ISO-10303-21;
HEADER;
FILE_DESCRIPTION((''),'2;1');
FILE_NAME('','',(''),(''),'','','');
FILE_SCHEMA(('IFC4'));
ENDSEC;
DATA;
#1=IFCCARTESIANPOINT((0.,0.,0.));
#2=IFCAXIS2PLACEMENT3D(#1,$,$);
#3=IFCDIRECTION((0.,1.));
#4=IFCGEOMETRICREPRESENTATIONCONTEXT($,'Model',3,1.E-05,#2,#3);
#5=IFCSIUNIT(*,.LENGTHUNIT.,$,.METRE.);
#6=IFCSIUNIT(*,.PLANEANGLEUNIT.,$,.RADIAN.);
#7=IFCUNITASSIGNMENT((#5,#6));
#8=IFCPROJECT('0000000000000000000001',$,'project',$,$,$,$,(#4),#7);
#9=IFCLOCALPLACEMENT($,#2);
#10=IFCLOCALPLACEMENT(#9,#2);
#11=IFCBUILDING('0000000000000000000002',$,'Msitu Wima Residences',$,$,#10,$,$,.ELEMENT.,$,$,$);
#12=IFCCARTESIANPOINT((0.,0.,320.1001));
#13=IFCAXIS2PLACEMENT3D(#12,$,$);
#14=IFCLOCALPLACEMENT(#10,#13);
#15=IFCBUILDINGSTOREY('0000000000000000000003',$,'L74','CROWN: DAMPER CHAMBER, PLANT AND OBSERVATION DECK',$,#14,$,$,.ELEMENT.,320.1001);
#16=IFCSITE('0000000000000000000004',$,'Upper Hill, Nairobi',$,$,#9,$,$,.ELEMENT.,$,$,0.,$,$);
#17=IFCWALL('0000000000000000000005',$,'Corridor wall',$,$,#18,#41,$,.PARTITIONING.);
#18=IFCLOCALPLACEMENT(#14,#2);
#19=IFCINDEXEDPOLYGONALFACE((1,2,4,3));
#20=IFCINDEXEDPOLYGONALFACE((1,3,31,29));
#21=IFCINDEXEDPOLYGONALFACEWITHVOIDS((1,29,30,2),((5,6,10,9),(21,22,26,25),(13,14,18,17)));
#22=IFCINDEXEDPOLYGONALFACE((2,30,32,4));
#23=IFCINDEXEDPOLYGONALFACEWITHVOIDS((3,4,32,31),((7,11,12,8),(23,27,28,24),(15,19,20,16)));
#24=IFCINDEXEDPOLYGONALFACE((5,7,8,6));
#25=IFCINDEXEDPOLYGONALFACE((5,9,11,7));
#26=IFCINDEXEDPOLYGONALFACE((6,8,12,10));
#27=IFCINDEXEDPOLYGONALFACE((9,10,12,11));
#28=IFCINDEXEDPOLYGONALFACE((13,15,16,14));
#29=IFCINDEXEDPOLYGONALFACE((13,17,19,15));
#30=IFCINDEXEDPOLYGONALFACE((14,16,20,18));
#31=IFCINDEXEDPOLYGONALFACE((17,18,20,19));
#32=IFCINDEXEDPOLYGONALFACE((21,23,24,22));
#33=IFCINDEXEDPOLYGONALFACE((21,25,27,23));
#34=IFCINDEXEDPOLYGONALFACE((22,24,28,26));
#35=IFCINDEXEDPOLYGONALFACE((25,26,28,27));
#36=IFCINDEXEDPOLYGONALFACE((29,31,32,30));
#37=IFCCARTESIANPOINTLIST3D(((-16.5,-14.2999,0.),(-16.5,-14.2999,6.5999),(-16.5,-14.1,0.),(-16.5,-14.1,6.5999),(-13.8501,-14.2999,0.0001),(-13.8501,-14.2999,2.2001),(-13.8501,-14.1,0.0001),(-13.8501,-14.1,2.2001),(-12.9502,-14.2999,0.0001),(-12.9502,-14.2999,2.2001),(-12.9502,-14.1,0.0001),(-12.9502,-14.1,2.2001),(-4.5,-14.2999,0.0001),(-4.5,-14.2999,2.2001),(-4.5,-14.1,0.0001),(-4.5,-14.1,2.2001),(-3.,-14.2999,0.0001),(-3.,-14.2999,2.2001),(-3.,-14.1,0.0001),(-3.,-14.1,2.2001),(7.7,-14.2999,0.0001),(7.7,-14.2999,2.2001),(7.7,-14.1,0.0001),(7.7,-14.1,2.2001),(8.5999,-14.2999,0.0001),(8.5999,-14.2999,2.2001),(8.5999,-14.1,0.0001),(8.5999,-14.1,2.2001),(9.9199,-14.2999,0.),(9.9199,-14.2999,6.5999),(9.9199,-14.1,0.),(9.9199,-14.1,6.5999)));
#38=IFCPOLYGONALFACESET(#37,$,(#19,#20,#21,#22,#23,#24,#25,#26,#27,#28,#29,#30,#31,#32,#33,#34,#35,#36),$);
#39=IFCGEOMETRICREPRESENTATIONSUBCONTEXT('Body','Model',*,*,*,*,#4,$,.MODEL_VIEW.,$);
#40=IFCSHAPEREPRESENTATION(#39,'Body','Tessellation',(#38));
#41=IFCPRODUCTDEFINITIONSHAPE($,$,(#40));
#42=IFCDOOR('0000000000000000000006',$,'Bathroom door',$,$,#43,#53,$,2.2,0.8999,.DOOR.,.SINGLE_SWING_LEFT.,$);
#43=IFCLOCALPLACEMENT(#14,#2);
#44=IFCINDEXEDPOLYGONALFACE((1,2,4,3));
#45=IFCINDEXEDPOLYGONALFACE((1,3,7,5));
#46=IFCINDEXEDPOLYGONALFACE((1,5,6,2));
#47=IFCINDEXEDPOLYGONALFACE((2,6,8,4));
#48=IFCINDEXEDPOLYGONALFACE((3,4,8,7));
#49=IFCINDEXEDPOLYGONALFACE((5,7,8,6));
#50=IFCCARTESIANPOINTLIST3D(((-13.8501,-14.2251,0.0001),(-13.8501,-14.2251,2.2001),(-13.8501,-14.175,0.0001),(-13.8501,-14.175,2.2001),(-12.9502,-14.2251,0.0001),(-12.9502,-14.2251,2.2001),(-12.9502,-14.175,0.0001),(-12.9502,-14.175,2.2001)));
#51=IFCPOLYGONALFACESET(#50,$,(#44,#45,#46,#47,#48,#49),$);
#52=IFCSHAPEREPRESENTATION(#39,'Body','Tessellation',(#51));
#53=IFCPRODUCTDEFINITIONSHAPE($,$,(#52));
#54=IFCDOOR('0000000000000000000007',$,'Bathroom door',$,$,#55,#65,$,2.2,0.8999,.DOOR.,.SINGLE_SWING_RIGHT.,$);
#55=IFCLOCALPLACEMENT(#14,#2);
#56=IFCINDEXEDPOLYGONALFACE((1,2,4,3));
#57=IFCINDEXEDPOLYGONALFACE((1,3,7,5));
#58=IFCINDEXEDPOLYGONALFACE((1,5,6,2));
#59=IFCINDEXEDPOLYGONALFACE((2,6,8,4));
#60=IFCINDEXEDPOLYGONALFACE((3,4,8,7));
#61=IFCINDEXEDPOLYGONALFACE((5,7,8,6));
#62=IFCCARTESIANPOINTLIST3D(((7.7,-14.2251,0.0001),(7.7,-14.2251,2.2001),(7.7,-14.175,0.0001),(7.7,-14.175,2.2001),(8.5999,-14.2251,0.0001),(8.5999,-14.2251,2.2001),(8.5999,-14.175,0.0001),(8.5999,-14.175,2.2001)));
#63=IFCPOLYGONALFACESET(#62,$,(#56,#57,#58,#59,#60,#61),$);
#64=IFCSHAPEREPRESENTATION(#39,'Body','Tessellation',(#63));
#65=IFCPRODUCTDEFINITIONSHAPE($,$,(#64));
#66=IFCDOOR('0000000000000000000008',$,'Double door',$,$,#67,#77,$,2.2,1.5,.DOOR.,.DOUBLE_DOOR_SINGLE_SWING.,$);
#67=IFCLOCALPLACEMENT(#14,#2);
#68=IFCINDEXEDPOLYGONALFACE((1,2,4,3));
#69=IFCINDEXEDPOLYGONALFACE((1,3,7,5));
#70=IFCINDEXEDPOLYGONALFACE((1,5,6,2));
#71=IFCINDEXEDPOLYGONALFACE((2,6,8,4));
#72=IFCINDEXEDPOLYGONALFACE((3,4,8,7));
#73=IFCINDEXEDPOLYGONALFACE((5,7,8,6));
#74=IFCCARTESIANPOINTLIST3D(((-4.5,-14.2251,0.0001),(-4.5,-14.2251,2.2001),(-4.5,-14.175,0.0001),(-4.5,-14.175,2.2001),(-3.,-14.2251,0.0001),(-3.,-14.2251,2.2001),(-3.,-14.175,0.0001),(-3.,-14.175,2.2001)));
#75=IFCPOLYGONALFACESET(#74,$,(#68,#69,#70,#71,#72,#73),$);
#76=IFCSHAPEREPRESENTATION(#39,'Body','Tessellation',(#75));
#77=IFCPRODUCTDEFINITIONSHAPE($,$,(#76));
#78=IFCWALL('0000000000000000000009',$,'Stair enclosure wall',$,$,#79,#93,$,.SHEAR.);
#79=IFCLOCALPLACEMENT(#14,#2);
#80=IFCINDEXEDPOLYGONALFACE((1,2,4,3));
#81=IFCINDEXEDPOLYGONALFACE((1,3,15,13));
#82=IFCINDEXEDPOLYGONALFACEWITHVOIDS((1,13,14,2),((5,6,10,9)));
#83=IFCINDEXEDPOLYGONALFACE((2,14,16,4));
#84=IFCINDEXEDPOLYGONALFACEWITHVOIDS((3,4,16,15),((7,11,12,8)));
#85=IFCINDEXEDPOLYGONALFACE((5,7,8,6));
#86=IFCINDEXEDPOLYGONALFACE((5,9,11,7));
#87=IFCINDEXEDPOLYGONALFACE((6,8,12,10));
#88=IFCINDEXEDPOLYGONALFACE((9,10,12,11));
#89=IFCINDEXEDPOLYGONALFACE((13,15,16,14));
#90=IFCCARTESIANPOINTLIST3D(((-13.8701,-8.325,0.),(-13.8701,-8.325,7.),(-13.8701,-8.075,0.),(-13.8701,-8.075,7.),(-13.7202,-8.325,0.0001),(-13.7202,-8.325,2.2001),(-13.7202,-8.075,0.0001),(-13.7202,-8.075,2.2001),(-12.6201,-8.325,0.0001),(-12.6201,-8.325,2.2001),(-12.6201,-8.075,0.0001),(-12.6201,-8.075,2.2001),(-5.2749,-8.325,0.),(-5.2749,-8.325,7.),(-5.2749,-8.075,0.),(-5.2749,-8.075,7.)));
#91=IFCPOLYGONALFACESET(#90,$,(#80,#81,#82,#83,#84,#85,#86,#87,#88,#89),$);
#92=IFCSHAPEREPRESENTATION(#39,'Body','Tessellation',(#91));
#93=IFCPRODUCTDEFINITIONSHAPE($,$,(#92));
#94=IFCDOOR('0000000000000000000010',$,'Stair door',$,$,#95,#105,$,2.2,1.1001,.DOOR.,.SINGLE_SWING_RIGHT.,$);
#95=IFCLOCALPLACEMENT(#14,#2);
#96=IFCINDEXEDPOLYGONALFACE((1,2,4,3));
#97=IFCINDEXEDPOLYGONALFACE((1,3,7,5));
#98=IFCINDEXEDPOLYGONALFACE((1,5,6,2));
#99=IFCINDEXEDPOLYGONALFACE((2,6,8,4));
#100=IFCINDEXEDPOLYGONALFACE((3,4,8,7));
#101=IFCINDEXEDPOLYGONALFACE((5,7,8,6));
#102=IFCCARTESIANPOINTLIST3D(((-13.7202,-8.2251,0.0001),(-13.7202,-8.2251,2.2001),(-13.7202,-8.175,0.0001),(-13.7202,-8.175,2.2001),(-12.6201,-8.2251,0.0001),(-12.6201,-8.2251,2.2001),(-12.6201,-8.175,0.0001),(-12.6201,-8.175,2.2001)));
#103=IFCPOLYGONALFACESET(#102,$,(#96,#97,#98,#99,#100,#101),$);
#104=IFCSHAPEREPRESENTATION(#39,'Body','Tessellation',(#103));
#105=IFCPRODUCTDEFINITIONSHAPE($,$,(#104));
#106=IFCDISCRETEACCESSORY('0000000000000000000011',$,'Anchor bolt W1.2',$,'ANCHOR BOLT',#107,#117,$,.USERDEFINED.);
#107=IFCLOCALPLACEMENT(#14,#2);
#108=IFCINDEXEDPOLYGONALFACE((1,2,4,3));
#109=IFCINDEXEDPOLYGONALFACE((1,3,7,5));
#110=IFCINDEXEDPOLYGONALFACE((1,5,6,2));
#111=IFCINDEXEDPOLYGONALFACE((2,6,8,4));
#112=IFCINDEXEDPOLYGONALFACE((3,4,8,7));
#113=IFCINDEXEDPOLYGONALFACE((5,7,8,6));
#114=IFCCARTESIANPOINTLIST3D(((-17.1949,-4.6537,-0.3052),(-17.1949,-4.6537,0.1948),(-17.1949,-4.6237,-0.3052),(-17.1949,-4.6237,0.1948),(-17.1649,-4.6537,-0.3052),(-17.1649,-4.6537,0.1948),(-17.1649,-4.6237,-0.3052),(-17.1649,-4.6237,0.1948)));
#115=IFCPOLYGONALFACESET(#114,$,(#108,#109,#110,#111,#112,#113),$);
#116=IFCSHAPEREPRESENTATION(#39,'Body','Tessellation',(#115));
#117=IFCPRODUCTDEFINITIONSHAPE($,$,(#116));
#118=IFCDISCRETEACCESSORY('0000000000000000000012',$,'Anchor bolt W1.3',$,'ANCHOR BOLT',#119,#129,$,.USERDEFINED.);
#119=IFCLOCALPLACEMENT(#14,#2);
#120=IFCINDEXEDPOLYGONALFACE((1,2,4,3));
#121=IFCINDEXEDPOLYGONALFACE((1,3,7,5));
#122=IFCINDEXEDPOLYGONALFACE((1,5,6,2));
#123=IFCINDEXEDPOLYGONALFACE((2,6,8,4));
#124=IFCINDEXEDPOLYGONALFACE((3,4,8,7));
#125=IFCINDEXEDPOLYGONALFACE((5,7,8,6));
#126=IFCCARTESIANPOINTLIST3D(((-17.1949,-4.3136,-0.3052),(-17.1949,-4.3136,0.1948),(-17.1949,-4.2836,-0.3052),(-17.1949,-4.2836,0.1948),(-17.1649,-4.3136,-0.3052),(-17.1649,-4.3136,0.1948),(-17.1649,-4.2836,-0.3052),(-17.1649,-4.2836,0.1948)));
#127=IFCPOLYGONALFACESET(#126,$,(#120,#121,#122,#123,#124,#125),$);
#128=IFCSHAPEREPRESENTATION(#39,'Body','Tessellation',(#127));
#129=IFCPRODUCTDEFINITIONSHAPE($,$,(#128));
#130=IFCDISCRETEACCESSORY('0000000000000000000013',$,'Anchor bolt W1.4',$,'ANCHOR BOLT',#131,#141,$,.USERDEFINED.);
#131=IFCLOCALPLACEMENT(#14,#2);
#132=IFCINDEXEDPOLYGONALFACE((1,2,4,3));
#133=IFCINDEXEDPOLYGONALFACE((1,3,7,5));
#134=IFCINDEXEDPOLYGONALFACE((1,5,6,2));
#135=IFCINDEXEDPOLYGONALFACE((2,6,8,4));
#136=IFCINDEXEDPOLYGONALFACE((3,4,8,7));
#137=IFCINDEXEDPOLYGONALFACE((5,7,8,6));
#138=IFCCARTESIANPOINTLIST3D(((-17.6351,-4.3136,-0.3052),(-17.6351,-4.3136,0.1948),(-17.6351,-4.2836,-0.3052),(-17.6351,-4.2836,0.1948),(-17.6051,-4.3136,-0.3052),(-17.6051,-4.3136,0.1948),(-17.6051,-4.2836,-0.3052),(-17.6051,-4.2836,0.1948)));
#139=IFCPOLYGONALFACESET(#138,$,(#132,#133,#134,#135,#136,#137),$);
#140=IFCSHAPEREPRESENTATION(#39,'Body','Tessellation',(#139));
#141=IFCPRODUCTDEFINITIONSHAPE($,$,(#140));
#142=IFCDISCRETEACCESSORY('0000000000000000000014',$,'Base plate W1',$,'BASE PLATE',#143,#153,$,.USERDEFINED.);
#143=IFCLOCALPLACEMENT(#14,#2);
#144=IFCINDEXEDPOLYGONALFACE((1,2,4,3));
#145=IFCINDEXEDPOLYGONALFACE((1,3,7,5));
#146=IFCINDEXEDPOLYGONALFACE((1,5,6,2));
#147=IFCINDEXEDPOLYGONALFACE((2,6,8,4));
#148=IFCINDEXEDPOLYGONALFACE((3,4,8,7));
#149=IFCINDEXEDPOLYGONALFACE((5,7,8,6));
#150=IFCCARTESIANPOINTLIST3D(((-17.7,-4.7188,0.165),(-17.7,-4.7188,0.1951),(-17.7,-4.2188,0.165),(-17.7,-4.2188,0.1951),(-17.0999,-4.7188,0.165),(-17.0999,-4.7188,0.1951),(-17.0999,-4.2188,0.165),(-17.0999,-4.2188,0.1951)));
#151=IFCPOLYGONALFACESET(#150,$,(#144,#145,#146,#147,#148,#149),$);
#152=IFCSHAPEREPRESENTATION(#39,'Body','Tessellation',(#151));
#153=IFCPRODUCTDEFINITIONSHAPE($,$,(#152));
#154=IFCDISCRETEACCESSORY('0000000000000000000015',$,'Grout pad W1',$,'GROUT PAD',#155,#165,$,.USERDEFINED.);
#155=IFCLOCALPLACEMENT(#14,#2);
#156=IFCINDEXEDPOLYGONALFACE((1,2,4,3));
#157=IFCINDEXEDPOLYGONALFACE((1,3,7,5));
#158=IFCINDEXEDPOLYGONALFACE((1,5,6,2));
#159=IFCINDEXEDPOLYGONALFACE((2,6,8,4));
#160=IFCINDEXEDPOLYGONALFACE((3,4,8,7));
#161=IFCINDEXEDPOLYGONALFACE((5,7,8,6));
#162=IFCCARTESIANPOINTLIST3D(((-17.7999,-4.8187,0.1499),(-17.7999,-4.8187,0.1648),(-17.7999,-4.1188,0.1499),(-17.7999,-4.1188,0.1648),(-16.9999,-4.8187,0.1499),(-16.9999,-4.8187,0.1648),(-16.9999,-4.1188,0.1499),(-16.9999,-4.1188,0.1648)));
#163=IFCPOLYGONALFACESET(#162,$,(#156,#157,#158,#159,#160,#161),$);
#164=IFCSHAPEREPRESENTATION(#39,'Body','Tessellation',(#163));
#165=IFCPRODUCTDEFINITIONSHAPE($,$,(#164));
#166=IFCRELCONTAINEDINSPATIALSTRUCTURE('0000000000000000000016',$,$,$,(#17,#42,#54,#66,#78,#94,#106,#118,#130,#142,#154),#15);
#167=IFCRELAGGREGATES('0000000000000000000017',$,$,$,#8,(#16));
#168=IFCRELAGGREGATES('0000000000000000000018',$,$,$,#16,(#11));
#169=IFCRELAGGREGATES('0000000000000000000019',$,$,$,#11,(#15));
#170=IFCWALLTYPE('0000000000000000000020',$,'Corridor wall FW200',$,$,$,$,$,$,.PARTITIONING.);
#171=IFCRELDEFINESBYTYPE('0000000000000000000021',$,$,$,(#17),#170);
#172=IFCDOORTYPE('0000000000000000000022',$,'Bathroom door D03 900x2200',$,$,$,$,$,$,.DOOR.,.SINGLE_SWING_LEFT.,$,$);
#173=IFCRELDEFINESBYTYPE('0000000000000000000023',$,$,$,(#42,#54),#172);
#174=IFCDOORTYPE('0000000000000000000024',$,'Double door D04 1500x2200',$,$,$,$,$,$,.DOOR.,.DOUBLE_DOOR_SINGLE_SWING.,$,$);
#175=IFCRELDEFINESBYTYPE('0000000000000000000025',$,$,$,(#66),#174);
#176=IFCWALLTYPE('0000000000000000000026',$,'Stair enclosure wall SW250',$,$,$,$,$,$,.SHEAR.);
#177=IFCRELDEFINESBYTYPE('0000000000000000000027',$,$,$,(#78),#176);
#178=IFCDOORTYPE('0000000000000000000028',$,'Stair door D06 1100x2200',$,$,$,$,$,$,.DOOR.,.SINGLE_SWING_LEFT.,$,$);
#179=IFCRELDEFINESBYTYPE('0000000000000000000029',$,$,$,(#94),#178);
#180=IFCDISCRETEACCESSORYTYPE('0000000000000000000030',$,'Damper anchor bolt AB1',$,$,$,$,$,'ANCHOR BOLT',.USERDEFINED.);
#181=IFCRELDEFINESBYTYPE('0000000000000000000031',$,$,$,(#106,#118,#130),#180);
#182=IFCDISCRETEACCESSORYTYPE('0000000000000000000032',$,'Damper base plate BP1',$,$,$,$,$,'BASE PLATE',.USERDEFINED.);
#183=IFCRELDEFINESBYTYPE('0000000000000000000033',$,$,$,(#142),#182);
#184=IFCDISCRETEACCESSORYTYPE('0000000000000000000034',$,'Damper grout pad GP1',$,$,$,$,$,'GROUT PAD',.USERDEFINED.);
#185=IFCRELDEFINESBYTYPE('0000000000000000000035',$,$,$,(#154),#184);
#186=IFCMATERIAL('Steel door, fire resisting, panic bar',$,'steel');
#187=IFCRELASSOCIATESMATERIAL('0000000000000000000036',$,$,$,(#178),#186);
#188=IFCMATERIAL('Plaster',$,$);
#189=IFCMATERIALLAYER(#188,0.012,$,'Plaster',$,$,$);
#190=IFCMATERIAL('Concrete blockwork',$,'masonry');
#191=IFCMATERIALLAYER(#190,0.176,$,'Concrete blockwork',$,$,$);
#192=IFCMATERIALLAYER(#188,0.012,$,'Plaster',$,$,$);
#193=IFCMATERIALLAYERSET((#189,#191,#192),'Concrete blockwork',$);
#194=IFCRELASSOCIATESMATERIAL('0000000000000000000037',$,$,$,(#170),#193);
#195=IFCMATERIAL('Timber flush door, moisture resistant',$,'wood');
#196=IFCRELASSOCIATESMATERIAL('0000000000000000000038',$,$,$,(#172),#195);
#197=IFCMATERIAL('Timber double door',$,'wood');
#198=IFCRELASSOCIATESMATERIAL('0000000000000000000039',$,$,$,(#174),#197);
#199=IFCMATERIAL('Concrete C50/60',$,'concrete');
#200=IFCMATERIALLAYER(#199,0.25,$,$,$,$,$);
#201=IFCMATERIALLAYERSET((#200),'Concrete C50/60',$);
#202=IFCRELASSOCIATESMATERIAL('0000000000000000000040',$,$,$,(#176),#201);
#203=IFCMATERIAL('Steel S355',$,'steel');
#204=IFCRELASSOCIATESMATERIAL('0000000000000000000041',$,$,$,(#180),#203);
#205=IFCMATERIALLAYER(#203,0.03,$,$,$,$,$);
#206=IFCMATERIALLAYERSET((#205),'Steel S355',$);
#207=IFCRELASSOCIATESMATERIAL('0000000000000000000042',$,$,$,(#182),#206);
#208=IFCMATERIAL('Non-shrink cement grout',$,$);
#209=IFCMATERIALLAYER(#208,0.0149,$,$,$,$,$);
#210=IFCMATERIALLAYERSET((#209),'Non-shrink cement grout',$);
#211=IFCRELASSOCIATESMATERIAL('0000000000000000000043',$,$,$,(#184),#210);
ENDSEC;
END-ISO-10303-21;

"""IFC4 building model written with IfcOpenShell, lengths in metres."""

from ifc_helpers import new_model, si_unit, direction, frame, frame_2d, origin, origin_2d, place, context, subcontext, project, spatial, rectangle, extrude, material, layer, layer_set, type_object, element, fill, save


model = new_model("IFC4")

# Units and contexts
model_context = context("Model", 3, precision=1e-05, world=origin(), true_north=direction((0.0, 1.0)))
body_context = subcontext(model_context, "Body", "Model", "MODEL_VIEW")
ifc_project = project(units=[si_unit("LENGTHUNIT", "METRE"), si_unit("PLANEANGLEUNIT", "RADIAN")], contexts=[model_context])

# Site, building, storey
site_placement = place(None, origin())
site = spatial("IfcSite", under=ifc_project, at=site_placement, Name="Upper Hill, Nairobi", CompositionType="ELEMENT", RefElevation=0.0)
building_placement = place(site_placement, origin())
building = spatial("IfcBuilding", under=site, at=building_placement, Name="Msitu Wima Residences", CompositionType="ELEMENT")
storey_placement = place(building_placement, frame((0.0, 0.0, 320.1001)))
storey = spatial("IfcBuildingStorey", under=building, at=storey_placement, Name="L74", Description="CROWN: DAMPER CHAMBER, PLANT AND OBSERVATION DECK", CompositionType="ELEMENT", Elevation=320.1001)

# Shared definitions
ifc_material_1 = material(Name="Steel S355", Category="steel")

# Wall, openings, doors
ifc_material_2 = material(Name="Concrete C50/60", Category="concrete")
ifc_material_3 = material(Name="Steel door, fire resisting, panic bar", Category="steel")
door_type_1 = type_object("IfcDoorType", Name="Stair door D06 1100x2200", OperationType="SINGLE_SWING_LEFT", PredefinedType="DOOR", material=ifc_material_3)
ifc_material_4 = material(Name="Plaster")
ifc_layer_1 = layer(ifc_material_4, 0.012, Name="Plaster")
ifc_material_5 = material(Name="Concrete blockwork", Category="masonry")
ifc_layer_2 = layer(ifc_material_5, 0.176, Name="Concrete blockwork")
ifc_layer_3 = layer(ifc_material_4, 0.012, Name="Plaster")
ifc_layer_set_1 = layer_set([ifc_layer_1, ifc_layer_2, ifc_layer_3], Name="Concrete blockwork")
wall_type_1 = type_object("IfcWallType", Name="Corridor wall FW200", PredefinedType="PARTITIONING", material=ifc_layer_set_1)
wall_1_placement = place(storey_placement, frame((-16.5, -14.2, 0.0), z_axis=(0.0, 0.0, 1.0), x_axis=(1.0, 0.0, 0.0)))
wall_1 = element("IfcWall", 1, at=wall_1_placement, inside=storey, type_object=wall_type_1, Name="Corridor wall", PredefinedType="PARTITIONING", context=body_context, shape_type="SweptSolid", body=[
    extrude(rectangle(XDim=26.4199, YDim=0.2, at=frame_2d((13.21, 0.0))), origin(), (0.0, 0.0, 1.0), 6.5999),
])
opening_1_placement = place(wall_1_placement, frame((12.0, 0.0, 0.0)))
opening_1 = element("IfcOpeningElement", 2, at=opening_1_placement, cuts=wall_1, PredefinedType="OPENING", context=body_context, shape_type="SweptSolid", body=[
    extrude(rectangle(XDim=1.5, YDim=2.2, at=frame_2d((0.75, 1.1001))), frame((0.0, 0.1099, 0.0), z_axis=(0.0, -1.0, 0.0), x_axis=(1.0, 0.0, 0.0)), (0.0, 0.0, 1.0), 0.22),
])
opening_2_placement = place(wall_1_placement, frame((2.6499, 0.0, 0.0)))
opening_2 = element("IfcOpeningElement", 3, at=opening_2_placement, cuts=wall_1, PredefinedType="OPENING", context=body_context, shape_type="SweptSolid", body=[
    extrude(rectangle(XDim=0.8999, YDim=2.2, at=frame_2d((0.45, 1.1001))), frame((0.0, 0.1099, 0.0), z_axis=(0.0, -1.0, 0.0), x_axis=(1.0, 0.0, 0.0)), (0.0, 0.0, 1.0), 0.22),
])
opening_3_placement = place(wall_1_placement, frame((24.2, 0.0, 0.0)))
opening_3 = element("IfcOpeningElement", 4, at=opening_3_placement, cuts=wall_1, PredefinedType="OPENING", context=body_context, shape_type="SweptSolid", body=[
    extrude(rectangle(XDim=0.8999, YDim=2.2, at=frame_2d((0.45, 1.1001))), frame((0.0, 0.1099, 0.0), z_axis=(0.0, -1.0, 0.0), x_axis=(1.0, 0.0, 0.0)), (0.0, 0.0, 1.0), 0.22),
])
ifc_material_6 = material(Name="Timber flush door, moisture resistant", Category="wood")
door_type_2 = type_object("IfcDoorType", Name="Bathroom door D03 900x2200", OperationType="SINGLE_SWING_LEFT", PredefinedType="DOOR", material=ifc_material_6)
door_1_placement = place(opening_2_placement, origin())
door_1 = element("IfcDoor", 5, at=door_1_placement, inside=storey, type_object=door_type_2, Name="Bathroom door", OperationType="SINGLE_SWING_LEFT", OverallHeight=2.2, OverallWidth=0.8999, PredefinedType="DOOR", context=body_context, shape_type="SweptSolid", body=[
    extrude(rectangle(XDim=0.8999, YDim=2.2, at=frame_2d((0.45, 1.1001))), frame((0.0, 0.0249, 0.0), z_axis=(0.0, -1.0, 0.0), x_axis=(1.0, 0.0, 0.0)), (0.0, 0.0, 1.0), 0.05),
])
fill(opening_2, door_1)
door_2_placement = place(opening_3_placement, origin())
door_2 = element("IfcDoor", 6, at=door_2_placement, inside=storey, type_object=door_type_2, Name="Bathroom door", OperationType="SINGLE_SWING_RIGHT", OverallHeight=2.2, OverallWidth=0.8999, PredefinedType="DOOR", context=body_context, shape_type="SweptSolid", body=[
    extrude(rectangle(XDim=0.8999, YDim=2.2, at=frame_2d((0.45, 1.1001))), frame((0.0, 0.0249, 0.0), z_axis=(0.0, -1.0, 0.0), x_axis=(1.0, 0.0, 0.0)), (0.0, 0.0, 1.0), 0.05),
])
fill(opening_3, door_2)
ifc_material_7 = material(Name="Timber double door", Category="wood")
door_type_3 = type_object("IfcDoorType", Name="Double door D04 1500x2200", OperationType="DOUBLE_DOOR_SINGLE_SWING", PredefinedType="DOOR", material=ifc_material_7)
door_3_placement = place(opening_1_placement, origin())
door_3 = element("IfcDoor", 7, at=door_3_placement, inside=storey, type_object=door_type_3, Name="Double door", OperationType="DOUBLE_DOOR_SINGLE_SWING", OverallHeight=2.2, OverallWidth=1.5, PredefinedType="DOOR", context=body_context, shape_type="SweptSolid", body=[
    extrude(rectangle(XDim=1.5, YDim=2.2, at=frame_2d((0.75, 1.1001))), frame((0.0, 0.0249, 0.0), z_axis=(0.0, -1.0, 0.0), x_axis=(1.0, 0.0, 0.0)), (0.0, 0.0, 1.0), 0.05),
])
fill(opening_1, door_3)

# Wall, opening, door
ifc_layer_4 = layer(ifc_material_2, 0.25)
ifc_layer_set_2 = layer_set([ifc_layer_4], Name="Concrete C50/60")
wall_type_2 = type_object("IfcWallType", Name="Stair enclosure wall SW250", PredefinedType="SHEAR", material=ifc_layer_set_2)
wall_2_placement = place(storey_placement, frame((-13.8701, -8.2, 0.0), z_axis=(0.0, 0.0, 1.0), x_axis=(1.0, 0.0, 0.0)))
wall_2 = element("IfcWall", 8, at=wall_2_placement, inside=storey, type_object=wall_type_2, Name="Stair enclosure wall", PredefinedType="SHEAR", context=body_context, shape_type="SweptSolid", body=[
    extrude(rectangle(XDim=8.5952, YDim=0.25, at=frame_2d((4.2976, 0.0))), origin(), (0.0, 0.0, 1.0), 7.0),
])
opening_4_placement = place(wall_2_placement, frame((0.1499, 0.0, 0.0)))
opening_4 = element("IfcOpeningElement", 9, at=opening_4_placement, cuts=wall_2, PredefinedType="OPENING", context=body_context, shape_type="SweptSolid", body=[
    extrude(rectangle(XDim=1.1001, YDim=2.2, at=frame_2d((0.55, 1.1001))), frame((0.0, 0.135, 0.0), z_axis=(0.0, -1.0, 0.0), x_axis=(1.0, 0.0, 0.0)), (0.0, 0.0, 1.0), 0.27),
])
door_4_placement = place(opening_4_placement, origin())
door_4 = element("IfcDoor", 10, at=door_4_placement, inside=storey, type_object=door_type_1, Name="Stair door", OperationType="SINGLE_SWING_RIGHT", OverallHeight=2.2, OverallWidth=1.1001, PredefinedType="DOOR", context=body_context, shape_type="SweptSolid", body=[
    extrude(rectangle(XDim=1.1001, YDim=2.2, at=frame_2d((0.55, 1.1001))), frame((0.0, 0.0249, 0.0), z_axis=(0.0, -1.0, 0.0), x_axis=(1.0, 0.0, 0.0)), (0.0, 0.0, 1.0), 0.05),
])
fill(opening_4, door_4)

# Discrete accessories
discrete_accessory_type_1 = type_object("IfcDiscreteAccessoryType", Name="Damper anchor bolt AB1", ElementType="ANCHOR BOLT", PredefinedType="USERDEFINED", material=ifc_material_1)
for number, where, z_axis, x_axis, name in (
    (11, (-17.1799, -4.6387, -0.3052), (0.0, 0.0, 1.0), (1.0, 0.0, 0.0), "Anchor bolt W1.2"),
    (12, (-17.1799, -4.2986, -0.3052), (0.0, 0.0, 1.0), (1.0, 0.0, 0.0), "Anchor bolt W1.3"),
    (13, (-17.6201, -4.2986, -0.3052), (0.0, 0.0, 1.0), (1.0, 0.0, 0.0), "Anchor bolt W1.4"),
):
    element("IfcDiscreteAccessory", number, at=place(storey_placement, frame(where, z_axis=z_axis, x_axis=x_axis)), inside=storey, type_object=discrete_accessory_type_1, Name=name, ObjectType="ANCHOR BOLT", PredefinedType="USERDEFINED", context=body_context, shape_type="SweptSolid", body=[
        extrude(rectangle(XDim=0.03, YDim=0.03, at=origin_2d()), origin(), (0.0, 0.0, 1.0), 0.5),
    ])
ifc_layer_5 = layer(ifc_material_1, 0.03)
ifc_layer_set_3 = layer_set([ifc_layer_5], Name="Steel S355")
discrete_accessory_type_2 = type_object("IfcDiscreteAccessoryType", Name="Damper base plate BP1", ElementType="BASE PLATE", PredefinedType="USERDEFINED", material=ifc_layer_set_3)
discrete_accessory_1_placement = place(storey_placement, frame((-17.3999, -4.4688, 0.165), z_axis=(0.0, 0.0, 1.0), x_axis=(1.0, 0.0, 0.0)))
element("IfcDiscreteAccessory", 14, at=discrete_accessory_1_placement, inside=storey, type_object=discrete_accessory_type_2, Name="Base plate W1", ObjectType="BASE PLATE", PredefinedType="USERDEFINED", context=body_context, shape_type="SweptSolid", body=[
    extrude(rectangle(XDim=0.6001, YDim=0.5, at=origin_2d()), origin(), (0.0, 0.0, 1.0), 0.03),
])
ifc_material_8 = material(Name="Non-shrink cement grout")
ifc_layer_6 = layer(ifc_material_8, 0.0149)
ifc_layer_set_4 = layer_set([ifc_layer_6], Name="Non-shrink cement grout")
discrete_accessory_type_3 = type_object("IfcDiscreteAccessoryType", Name="Damper grout pad GP1", ElementType="GROUT PAD", PredefinedType="USERDEFINED", material=ifc_layer_set_4)
discrete_accessory_2_placement = place(storey_placement, frame((-17.3999, -4.4688, 0.1499), z_axis=(0.0, 0.0, 1.0), x_axis=(1.0, 0.0, 0.0)))
element("IfcDiscreteAccessory", 15, at=discrete_accessory_2_placement, inside=storey, type_object=discrete_accessory_type_3, Name="Grout pad W1", ObjectType="GROUT PAD", PredefinedType="USERDEFINED", context=body_context, shape_type="SweptSolid", body=[
    extrude(rectangle(XDim=0.8, YDim=0.7, at=origin_2d()), origin(), (0.0, 0.0, 1.0), 0.0149),
])

save(model, "model.ifc")
